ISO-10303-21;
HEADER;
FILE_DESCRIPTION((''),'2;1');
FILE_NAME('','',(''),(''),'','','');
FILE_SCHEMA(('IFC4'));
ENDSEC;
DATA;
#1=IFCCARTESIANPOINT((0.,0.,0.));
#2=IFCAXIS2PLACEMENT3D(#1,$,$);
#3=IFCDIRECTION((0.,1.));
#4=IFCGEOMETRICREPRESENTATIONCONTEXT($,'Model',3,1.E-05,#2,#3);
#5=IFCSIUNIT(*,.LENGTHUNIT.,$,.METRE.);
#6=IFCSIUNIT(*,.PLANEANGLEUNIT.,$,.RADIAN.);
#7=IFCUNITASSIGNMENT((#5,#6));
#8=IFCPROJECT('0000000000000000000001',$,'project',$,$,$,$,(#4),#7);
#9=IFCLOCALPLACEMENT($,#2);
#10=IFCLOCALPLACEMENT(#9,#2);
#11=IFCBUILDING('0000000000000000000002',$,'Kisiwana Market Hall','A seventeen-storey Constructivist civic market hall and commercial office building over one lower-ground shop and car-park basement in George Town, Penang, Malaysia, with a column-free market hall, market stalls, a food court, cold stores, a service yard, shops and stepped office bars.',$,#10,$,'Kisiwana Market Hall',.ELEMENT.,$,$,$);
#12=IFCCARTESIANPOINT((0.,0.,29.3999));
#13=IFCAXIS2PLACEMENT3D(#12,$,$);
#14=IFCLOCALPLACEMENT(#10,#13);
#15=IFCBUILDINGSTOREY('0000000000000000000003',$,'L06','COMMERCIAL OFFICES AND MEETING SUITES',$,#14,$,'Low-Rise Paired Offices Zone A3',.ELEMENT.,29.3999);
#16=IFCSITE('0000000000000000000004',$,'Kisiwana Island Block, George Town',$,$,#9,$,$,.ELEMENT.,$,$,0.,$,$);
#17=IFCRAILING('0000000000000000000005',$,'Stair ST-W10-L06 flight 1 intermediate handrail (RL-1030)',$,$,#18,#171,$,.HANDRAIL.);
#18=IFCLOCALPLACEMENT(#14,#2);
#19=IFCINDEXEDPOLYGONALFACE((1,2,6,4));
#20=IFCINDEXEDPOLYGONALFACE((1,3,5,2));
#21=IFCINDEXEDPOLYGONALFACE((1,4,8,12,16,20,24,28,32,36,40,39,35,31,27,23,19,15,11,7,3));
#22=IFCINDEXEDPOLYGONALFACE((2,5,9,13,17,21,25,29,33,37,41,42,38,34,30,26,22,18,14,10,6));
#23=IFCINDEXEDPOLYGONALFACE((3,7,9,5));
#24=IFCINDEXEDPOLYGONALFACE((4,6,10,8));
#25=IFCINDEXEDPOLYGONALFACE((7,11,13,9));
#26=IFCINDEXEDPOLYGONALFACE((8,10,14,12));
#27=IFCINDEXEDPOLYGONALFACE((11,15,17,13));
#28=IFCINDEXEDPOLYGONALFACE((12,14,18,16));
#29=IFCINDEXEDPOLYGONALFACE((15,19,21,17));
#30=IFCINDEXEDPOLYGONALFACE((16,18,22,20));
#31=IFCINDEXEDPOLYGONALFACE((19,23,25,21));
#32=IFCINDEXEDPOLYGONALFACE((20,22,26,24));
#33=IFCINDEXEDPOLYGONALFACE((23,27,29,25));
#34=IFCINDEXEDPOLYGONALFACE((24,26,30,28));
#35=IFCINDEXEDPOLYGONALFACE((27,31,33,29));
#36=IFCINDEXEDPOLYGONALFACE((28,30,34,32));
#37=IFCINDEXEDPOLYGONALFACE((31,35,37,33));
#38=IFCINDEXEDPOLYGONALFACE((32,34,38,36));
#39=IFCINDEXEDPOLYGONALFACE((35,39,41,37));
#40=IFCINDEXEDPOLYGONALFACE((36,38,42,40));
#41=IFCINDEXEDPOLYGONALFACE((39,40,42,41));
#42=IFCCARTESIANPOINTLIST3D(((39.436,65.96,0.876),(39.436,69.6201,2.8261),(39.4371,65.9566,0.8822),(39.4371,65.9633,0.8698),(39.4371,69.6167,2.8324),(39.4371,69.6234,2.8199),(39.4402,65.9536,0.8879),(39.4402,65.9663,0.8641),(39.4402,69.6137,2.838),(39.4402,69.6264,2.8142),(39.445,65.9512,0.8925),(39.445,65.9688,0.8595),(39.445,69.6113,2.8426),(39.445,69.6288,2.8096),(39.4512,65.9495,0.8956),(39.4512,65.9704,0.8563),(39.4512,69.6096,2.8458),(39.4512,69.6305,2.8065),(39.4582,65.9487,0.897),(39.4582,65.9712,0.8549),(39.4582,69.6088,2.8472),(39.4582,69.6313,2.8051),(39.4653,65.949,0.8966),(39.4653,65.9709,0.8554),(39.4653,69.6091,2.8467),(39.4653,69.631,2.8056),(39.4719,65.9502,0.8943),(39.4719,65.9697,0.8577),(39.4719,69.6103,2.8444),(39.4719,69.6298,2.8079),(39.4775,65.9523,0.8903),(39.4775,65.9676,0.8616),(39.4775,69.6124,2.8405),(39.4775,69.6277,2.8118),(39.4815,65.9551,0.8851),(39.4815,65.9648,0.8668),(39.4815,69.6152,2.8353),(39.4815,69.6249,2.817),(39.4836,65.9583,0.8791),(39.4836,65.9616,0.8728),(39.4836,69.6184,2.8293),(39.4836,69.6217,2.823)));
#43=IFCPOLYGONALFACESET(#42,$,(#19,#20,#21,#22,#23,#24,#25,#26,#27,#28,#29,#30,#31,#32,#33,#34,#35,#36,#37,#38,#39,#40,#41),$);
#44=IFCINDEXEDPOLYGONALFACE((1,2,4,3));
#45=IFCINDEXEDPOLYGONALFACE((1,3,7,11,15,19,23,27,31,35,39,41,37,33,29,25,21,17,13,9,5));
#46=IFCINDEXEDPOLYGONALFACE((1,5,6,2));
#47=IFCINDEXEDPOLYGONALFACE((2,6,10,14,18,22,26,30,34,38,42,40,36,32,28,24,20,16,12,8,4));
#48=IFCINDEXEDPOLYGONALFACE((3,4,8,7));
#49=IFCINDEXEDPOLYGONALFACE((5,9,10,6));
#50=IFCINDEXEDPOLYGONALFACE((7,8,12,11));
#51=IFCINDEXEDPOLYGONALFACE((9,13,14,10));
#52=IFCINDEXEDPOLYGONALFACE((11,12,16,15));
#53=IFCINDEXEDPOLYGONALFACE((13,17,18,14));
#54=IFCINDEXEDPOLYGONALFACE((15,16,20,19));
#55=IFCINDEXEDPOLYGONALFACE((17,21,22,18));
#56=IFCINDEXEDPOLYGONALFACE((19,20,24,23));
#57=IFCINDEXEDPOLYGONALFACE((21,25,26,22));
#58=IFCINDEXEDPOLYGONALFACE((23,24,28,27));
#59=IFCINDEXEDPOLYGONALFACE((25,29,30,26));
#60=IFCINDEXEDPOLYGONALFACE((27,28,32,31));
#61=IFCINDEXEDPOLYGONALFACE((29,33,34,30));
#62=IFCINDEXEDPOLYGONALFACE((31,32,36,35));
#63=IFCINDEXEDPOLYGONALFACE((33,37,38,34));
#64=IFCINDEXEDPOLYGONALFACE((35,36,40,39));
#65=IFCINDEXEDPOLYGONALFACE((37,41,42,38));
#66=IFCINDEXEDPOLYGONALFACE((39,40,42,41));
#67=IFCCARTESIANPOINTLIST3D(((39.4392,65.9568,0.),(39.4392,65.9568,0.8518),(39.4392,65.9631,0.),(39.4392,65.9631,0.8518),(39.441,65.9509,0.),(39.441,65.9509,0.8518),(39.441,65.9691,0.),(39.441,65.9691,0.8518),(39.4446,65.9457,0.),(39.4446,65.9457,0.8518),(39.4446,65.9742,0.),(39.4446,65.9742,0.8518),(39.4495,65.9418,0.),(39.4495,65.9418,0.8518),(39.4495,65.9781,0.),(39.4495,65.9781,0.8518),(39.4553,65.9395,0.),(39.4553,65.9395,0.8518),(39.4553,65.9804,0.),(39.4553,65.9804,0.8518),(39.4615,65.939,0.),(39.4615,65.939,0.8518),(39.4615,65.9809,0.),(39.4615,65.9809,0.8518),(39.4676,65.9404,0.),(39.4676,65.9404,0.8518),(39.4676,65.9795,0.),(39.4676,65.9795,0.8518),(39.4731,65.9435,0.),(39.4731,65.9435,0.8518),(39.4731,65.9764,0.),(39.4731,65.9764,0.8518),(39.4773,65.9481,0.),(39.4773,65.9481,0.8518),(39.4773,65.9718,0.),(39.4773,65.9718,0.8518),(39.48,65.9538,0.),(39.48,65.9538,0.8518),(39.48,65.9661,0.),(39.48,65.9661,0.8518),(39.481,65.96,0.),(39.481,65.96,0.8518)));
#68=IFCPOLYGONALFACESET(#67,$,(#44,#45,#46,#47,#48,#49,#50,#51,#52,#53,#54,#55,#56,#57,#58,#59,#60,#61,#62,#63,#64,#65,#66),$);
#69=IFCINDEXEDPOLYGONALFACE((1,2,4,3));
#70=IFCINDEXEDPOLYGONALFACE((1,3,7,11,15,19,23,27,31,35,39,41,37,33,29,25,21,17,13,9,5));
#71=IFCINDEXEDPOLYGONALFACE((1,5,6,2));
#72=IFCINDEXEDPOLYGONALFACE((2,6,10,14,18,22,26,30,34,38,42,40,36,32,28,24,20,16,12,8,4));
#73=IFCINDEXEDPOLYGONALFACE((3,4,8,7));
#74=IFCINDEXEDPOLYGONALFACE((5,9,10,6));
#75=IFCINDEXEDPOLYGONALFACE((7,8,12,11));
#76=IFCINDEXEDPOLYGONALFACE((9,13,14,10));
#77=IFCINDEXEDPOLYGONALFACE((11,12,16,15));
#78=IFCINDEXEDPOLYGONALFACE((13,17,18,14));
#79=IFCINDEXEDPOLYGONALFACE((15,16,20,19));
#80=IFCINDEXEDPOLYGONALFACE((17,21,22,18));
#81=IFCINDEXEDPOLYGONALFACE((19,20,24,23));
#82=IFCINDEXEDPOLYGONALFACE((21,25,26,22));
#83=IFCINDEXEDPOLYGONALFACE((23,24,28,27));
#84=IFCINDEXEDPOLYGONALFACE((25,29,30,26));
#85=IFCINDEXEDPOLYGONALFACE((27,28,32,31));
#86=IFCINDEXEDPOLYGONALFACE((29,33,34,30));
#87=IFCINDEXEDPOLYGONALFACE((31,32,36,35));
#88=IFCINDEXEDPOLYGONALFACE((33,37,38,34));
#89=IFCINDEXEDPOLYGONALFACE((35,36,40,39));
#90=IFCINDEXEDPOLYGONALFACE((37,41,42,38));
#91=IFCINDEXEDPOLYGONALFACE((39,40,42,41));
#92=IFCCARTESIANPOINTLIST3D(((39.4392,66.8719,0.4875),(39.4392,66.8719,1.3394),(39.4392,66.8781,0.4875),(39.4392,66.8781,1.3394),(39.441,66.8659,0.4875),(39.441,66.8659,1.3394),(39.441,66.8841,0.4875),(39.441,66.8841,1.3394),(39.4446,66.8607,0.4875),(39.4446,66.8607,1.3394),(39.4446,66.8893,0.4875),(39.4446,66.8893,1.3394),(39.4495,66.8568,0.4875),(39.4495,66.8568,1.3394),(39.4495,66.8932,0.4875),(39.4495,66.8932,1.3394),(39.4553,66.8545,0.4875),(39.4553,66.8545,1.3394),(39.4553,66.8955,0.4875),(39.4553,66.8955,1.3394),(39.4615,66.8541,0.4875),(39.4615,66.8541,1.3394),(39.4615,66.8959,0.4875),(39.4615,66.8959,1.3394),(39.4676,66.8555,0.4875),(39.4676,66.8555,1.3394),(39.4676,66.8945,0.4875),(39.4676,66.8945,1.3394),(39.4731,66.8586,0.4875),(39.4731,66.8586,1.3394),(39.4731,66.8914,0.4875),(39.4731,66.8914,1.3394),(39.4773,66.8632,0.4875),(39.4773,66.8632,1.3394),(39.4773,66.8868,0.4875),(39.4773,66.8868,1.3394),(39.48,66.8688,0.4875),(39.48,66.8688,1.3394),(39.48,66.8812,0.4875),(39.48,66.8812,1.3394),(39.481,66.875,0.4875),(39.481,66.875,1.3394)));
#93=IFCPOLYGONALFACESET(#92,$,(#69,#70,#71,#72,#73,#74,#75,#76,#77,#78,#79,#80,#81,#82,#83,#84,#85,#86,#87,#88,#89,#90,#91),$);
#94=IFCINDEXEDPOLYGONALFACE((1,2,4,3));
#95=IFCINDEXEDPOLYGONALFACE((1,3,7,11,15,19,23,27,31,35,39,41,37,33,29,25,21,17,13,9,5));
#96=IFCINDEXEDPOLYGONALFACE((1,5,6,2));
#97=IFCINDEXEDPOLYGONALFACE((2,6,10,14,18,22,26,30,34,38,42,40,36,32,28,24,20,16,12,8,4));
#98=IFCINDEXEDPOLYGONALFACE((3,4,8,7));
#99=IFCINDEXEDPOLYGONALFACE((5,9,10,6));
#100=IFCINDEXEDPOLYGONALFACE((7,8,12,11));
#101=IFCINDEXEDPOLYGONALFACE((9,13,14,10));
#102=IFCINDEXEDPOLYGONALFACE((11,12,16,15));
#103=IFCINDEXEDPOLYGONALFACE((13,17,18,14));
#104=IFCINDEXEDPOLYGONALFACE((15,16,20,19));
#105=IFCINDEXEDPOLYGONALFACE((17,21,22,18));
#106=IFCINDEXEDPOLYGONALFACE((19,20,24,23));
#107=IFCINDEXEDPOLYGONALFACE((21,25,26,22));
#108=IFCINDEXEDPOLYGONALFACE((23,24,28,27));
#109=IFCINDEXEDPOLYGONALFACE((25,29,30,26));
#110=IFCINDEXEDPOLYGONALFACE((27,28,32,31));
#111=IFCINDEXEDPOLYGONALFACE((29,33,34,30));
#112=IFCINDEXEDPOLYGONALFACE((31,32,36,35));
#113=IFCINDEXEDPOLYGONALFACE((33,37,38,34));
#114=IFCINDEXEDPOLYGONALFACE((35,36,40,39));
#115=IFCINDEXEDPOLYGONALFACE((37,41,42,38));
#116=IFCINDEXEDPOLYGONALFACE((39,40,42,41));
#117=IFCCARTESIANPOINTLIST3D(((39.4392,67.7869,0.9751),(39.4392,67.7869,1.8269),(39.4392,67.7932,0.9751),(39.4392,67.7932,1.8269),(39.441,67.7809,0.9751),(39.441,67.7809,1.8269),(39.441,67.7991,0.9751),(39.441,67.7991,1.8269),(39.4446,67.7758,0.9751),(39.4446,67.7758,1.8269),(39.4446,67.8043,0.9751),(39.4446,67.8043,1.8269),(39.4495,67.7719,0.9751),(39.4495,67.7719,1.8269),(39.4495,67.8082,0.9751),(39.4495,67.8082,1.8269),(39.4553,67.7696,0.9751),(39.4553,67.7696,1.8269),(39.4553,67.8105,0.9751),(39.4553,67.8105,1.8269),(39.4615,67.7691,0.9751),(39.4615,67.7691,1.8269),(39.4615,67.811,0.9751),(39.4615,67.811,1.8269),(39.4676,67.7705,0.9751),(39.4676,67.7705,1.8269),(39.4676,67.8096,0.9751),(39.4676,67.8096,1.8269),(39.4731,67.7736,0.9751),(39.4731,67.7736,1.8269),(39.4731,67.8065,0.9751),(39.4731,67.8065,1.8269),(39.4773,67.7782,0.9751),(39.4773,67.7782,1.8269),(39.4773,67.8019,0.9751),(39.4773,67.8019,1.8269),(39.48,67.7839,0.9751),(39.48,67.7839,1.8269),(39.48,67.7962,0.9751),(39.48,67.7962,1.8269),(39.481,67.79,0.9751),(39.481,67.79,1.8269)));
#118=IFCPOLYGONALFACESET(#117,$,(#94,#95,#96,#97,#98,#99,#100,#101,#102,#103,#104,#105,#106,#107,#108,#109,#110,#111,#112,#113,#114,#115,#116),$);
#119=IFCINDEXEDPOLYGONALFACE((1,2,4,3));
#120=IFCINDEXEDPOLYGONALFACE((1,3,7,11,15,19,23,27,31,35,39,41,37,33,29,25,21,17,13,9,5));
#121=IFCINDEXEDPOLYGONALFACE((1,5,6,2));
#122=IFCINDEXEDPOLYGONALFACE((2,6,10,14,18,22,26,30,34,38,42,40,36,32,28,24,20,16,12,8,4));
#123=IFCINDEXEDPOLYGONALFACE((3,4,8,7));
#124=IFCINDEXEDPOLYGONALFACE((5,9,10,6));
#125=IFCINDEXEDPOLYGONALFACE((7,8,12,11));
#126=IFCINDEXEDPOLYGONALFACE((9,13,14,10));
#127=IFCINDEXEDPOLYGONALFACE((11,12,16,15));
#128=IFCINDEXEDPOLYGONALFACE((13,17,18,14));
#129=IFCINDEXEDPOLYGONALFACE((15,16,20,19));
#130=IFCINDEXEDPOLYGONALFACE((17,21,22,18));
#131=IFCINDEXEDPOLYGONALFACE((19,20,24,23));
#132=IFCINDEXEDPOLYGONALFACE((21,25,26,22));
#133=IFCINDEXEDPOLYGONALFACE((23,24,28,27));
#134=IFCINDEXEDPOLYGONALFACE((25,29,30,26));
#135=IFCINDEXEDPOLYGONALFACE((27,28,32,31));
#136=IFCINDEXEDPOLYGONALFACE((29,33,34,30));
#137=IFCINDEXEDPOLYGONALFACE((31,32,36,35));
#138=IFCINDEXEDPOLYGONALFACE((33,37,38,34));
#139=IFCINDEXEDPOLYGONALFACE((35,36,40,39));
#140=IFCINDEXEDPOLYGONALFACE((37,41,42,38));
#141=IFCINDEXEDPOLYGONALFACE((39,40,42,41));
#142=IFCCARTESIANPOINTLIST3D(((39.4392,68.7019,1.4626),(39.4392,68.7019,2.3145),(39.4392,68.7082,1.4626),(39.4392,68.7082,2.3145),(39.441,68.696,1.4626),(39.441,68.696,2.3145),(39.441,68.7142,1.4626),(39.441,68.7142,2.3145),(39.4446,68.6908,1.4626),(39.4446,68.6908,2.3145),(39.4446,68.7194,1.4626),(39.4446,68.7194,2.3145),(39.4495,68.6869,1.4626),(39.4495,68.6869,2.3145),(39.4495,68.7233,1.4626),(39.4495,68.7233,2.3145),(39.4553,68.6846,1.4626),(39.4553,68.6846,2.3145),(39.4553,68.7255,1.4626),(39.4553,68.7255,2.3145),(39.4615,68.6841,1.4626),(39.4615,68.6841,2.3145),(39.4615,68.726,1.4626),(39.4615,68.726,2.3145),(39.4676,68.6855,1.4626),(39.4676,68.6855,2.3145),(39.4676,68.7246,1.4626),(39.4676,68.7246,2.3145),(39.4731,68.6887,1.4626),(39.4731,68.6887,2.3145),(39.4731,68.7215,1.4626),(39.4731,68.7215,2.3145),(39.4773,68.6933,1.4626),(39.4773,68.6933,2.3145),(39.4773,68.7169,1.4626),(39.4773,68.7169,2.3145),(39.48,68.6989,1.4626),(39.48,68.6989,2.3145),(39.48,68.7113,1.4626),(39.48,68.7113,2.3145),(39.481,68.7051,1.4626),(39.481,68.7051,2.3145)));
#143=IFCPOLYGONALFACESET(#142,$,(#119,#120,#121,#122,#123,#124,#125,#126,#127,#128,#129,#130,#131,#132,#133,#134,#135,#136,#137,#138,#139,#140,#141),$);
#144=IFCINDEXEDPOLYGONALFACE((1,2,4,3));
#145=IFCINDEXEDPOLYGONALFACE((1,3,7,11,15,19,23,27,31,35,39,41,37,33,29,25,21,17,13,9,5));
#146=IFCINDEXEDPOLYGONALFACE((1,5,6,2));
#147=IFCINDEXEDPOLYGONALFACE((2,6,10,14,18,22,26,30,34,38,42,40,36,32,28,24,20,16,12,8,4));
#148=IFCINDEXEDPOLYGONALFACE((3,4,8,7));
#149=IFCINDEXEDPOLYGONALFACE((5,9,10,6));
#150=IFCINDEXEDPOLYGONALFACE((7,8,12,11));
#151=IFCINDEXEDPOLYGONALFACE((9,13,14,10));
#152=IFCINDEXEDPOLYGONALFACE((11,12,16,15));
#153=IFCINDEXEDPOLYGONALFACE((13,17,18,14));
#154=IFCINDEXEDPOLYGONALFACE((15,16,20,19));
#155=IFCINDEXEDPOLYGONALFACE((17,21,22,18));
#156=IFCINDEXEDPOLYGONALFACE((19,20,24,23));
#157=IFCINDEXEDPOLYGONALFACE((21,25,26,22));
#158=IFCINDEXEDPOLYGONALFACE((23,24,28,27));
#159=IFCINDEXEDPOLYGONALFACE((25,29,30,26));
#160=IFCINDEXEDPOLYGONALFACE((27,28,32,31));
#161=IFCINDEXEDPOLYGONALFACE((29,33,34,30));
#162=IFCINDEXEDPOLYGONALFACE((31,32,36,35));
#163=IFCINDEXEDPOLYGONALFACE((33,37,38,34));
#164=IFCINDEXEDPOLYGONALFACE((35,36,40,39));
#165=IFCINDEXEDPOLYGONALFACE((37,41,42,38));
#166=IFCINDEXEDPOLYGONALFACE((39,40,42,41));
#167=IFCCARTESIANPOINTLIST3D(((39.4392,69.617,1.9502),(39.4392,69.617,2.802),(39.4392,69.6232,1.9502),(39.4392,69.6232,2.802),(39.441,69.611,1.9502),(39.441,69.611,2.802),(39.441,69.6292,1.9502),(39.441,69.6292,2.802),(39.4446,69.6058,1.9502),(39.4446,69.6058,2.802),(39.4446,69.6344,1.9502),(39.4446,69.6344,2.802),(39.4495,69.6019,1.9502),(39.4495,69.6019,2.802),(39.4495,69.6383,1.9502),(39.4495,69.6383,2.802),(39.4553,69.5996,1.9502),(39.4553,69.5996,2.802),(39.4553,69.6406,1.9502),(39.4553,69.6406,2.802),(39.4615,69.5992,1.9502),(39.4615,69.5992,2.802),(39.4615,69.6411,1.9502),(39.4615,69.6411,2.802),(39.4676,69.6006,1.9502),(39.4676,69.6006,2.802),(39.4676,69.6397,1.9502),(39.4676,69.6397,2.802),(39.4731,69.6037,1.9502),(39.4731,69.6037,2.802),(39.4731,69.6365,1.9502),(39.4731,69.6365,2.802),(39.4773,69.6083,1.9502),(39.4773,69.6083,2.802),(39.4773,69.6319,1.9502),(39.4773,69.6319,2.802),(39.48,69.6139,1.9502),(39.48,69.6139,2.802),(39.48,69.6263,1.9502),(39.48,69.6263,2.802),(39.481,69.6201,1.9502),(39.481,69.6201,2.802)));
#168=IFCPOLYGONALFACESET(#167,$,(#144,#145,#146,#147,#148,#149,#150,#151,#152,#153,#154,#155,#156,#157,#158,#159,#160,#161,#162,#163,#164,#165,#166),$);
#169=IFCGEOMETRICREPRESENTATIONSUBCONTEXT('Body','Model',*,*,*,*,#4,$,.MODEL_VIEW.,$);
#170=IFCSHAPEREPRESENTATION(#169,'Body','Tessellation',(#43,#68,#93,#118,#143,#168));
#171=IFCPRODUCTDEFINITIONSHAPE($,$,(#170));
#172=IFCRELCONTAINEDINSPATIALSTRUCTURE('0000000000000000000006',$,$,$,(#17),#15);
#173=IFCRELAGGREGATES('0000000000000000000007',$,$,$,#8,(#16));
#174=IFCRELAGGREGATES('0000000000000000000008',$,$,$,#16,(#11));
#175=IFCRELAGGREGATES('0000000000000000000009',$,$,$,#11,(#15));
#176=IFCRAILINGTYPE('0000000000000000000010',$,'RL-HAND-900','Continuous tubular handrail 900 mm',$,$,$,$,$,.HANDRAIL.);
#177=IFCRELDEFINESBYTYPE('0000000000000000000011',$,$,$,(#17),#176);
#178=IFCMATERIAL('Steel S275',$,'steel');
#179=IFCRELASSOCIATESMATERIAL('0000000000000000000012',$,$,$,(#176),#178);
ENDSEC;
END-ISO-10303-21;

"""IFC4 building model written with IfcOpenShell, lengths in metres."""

from ifc_helpers import new_model, si_unit, direction, frame, origin, origin_2d, place, context, subcontext, project, spatial, circle, extrude, material, type_object, element, save


model = new_model("IFC4")

# Units and contexts
model_context = context("Model", 3, precision=1e-05, world=origin(), true_north=direction((0.0, 1.0)))
body_context = subcontext(model_context, "Body", "Model", "MODEL_VIEW")
ifc_project = project(units=[si_unit("LENGTHUNIT", "METRE"), si_unit("PLANEANGLEUNIT", "RADIAN")], contexts=[model_context])

# Site, building, storey
site_placement = place(None, origin())
site = spatial("IfcSite", under=ifc_project, at=site_placement, Name="Kisiwana Island Block, George Town", CompositionType="ELEMENT", RefElevation=0.0)
building_placement = place(site_placement, origin())
building = spatial("IfcBuilding", under=site, at=building_placement, Name="Kisiwana Market Hall", Description="A seventeen-storey Constructivist civic market hall and commercial office building over one lower-ground shop and car-park basement in George Town, Penang, Malaysia, with a column-free market hall, market stalls, a food court, cold stores, a service yard, shops and stepped office bars.", LongName="Kisiwana Market Hall", CompositionType="ELEMENT")
storey_placement = place(building_placement, frame((0.0, 0.0, 29.3999)))
storey = spatial("IfcBuildingStorey", under=building, at=storey_placement, Name="L06", Description="COMMERCIAL OFFICES AND MEETING SUITES", LongName="Low-Rise Paired Offices Zone A3", CompositionType="ELEMENT", Elevation=29.3999)

# Railing
ifc_material_1 = material(Name="Steel S275", Category="steel")
railing_type_1 = type_object("IfcRailingType", Name="RL-HAND-900", Description="Continuous tubular handrail 900 mm", PredefinedType="HANDRAIL", material=ifc_material_1)
railing_1_placement = place(storey_placement, frame((39.46, 65.96, 0.0)))
element("IfcRailing", 1, at=railing_1_placement, inside=storey, type_object=railing_type_1, Name="Stair ST-W10-L06 flight 1 intermediate handrail (RL-1030)", PredefinedType="HANDRAIL", context=body_context, shape_type="SweptSolid", body=[
    extrude(circle(Radius=0.0239, at=origin_2d()), frame((0.0, 0.0, 0.876), z_axis=(0.0, 0.882542, 0.470234), x_axis=(-1.0, 0.0, 0.0)), (0.0, 0.0, 1.0), 4.1472),
    extrude(circle(Radius=0.021, at=origin_2d()), origin(), (0.0, 0.0, 1.0), 0.8518),
    extrude(circle(Radius=0.021, at=origin_2d()), frame((0.0, 0.915, 0.4875)), (0.0, 0.0, 1.0), 0.8518),
    extrude(circle(Radius=0.021, at=origin_2d()), frame((0.0, 1.8301, 0.9751)), (0.0, 0.0, 1.0), 0.8518),
    extrude(circle(Radius=0.021, at=origin_2d()), frame((0.0, 2.7451, 1.4626)), (0.0, 0.0, 1.0), 0.8518),
    extrude(circle(Radius=0.021, at=origin_2d()), frame((0.0, 3.6602, 1.9502)), (0.0, 0.0, 1.0), 0.8518),
])

save(model, "model.ifc")
